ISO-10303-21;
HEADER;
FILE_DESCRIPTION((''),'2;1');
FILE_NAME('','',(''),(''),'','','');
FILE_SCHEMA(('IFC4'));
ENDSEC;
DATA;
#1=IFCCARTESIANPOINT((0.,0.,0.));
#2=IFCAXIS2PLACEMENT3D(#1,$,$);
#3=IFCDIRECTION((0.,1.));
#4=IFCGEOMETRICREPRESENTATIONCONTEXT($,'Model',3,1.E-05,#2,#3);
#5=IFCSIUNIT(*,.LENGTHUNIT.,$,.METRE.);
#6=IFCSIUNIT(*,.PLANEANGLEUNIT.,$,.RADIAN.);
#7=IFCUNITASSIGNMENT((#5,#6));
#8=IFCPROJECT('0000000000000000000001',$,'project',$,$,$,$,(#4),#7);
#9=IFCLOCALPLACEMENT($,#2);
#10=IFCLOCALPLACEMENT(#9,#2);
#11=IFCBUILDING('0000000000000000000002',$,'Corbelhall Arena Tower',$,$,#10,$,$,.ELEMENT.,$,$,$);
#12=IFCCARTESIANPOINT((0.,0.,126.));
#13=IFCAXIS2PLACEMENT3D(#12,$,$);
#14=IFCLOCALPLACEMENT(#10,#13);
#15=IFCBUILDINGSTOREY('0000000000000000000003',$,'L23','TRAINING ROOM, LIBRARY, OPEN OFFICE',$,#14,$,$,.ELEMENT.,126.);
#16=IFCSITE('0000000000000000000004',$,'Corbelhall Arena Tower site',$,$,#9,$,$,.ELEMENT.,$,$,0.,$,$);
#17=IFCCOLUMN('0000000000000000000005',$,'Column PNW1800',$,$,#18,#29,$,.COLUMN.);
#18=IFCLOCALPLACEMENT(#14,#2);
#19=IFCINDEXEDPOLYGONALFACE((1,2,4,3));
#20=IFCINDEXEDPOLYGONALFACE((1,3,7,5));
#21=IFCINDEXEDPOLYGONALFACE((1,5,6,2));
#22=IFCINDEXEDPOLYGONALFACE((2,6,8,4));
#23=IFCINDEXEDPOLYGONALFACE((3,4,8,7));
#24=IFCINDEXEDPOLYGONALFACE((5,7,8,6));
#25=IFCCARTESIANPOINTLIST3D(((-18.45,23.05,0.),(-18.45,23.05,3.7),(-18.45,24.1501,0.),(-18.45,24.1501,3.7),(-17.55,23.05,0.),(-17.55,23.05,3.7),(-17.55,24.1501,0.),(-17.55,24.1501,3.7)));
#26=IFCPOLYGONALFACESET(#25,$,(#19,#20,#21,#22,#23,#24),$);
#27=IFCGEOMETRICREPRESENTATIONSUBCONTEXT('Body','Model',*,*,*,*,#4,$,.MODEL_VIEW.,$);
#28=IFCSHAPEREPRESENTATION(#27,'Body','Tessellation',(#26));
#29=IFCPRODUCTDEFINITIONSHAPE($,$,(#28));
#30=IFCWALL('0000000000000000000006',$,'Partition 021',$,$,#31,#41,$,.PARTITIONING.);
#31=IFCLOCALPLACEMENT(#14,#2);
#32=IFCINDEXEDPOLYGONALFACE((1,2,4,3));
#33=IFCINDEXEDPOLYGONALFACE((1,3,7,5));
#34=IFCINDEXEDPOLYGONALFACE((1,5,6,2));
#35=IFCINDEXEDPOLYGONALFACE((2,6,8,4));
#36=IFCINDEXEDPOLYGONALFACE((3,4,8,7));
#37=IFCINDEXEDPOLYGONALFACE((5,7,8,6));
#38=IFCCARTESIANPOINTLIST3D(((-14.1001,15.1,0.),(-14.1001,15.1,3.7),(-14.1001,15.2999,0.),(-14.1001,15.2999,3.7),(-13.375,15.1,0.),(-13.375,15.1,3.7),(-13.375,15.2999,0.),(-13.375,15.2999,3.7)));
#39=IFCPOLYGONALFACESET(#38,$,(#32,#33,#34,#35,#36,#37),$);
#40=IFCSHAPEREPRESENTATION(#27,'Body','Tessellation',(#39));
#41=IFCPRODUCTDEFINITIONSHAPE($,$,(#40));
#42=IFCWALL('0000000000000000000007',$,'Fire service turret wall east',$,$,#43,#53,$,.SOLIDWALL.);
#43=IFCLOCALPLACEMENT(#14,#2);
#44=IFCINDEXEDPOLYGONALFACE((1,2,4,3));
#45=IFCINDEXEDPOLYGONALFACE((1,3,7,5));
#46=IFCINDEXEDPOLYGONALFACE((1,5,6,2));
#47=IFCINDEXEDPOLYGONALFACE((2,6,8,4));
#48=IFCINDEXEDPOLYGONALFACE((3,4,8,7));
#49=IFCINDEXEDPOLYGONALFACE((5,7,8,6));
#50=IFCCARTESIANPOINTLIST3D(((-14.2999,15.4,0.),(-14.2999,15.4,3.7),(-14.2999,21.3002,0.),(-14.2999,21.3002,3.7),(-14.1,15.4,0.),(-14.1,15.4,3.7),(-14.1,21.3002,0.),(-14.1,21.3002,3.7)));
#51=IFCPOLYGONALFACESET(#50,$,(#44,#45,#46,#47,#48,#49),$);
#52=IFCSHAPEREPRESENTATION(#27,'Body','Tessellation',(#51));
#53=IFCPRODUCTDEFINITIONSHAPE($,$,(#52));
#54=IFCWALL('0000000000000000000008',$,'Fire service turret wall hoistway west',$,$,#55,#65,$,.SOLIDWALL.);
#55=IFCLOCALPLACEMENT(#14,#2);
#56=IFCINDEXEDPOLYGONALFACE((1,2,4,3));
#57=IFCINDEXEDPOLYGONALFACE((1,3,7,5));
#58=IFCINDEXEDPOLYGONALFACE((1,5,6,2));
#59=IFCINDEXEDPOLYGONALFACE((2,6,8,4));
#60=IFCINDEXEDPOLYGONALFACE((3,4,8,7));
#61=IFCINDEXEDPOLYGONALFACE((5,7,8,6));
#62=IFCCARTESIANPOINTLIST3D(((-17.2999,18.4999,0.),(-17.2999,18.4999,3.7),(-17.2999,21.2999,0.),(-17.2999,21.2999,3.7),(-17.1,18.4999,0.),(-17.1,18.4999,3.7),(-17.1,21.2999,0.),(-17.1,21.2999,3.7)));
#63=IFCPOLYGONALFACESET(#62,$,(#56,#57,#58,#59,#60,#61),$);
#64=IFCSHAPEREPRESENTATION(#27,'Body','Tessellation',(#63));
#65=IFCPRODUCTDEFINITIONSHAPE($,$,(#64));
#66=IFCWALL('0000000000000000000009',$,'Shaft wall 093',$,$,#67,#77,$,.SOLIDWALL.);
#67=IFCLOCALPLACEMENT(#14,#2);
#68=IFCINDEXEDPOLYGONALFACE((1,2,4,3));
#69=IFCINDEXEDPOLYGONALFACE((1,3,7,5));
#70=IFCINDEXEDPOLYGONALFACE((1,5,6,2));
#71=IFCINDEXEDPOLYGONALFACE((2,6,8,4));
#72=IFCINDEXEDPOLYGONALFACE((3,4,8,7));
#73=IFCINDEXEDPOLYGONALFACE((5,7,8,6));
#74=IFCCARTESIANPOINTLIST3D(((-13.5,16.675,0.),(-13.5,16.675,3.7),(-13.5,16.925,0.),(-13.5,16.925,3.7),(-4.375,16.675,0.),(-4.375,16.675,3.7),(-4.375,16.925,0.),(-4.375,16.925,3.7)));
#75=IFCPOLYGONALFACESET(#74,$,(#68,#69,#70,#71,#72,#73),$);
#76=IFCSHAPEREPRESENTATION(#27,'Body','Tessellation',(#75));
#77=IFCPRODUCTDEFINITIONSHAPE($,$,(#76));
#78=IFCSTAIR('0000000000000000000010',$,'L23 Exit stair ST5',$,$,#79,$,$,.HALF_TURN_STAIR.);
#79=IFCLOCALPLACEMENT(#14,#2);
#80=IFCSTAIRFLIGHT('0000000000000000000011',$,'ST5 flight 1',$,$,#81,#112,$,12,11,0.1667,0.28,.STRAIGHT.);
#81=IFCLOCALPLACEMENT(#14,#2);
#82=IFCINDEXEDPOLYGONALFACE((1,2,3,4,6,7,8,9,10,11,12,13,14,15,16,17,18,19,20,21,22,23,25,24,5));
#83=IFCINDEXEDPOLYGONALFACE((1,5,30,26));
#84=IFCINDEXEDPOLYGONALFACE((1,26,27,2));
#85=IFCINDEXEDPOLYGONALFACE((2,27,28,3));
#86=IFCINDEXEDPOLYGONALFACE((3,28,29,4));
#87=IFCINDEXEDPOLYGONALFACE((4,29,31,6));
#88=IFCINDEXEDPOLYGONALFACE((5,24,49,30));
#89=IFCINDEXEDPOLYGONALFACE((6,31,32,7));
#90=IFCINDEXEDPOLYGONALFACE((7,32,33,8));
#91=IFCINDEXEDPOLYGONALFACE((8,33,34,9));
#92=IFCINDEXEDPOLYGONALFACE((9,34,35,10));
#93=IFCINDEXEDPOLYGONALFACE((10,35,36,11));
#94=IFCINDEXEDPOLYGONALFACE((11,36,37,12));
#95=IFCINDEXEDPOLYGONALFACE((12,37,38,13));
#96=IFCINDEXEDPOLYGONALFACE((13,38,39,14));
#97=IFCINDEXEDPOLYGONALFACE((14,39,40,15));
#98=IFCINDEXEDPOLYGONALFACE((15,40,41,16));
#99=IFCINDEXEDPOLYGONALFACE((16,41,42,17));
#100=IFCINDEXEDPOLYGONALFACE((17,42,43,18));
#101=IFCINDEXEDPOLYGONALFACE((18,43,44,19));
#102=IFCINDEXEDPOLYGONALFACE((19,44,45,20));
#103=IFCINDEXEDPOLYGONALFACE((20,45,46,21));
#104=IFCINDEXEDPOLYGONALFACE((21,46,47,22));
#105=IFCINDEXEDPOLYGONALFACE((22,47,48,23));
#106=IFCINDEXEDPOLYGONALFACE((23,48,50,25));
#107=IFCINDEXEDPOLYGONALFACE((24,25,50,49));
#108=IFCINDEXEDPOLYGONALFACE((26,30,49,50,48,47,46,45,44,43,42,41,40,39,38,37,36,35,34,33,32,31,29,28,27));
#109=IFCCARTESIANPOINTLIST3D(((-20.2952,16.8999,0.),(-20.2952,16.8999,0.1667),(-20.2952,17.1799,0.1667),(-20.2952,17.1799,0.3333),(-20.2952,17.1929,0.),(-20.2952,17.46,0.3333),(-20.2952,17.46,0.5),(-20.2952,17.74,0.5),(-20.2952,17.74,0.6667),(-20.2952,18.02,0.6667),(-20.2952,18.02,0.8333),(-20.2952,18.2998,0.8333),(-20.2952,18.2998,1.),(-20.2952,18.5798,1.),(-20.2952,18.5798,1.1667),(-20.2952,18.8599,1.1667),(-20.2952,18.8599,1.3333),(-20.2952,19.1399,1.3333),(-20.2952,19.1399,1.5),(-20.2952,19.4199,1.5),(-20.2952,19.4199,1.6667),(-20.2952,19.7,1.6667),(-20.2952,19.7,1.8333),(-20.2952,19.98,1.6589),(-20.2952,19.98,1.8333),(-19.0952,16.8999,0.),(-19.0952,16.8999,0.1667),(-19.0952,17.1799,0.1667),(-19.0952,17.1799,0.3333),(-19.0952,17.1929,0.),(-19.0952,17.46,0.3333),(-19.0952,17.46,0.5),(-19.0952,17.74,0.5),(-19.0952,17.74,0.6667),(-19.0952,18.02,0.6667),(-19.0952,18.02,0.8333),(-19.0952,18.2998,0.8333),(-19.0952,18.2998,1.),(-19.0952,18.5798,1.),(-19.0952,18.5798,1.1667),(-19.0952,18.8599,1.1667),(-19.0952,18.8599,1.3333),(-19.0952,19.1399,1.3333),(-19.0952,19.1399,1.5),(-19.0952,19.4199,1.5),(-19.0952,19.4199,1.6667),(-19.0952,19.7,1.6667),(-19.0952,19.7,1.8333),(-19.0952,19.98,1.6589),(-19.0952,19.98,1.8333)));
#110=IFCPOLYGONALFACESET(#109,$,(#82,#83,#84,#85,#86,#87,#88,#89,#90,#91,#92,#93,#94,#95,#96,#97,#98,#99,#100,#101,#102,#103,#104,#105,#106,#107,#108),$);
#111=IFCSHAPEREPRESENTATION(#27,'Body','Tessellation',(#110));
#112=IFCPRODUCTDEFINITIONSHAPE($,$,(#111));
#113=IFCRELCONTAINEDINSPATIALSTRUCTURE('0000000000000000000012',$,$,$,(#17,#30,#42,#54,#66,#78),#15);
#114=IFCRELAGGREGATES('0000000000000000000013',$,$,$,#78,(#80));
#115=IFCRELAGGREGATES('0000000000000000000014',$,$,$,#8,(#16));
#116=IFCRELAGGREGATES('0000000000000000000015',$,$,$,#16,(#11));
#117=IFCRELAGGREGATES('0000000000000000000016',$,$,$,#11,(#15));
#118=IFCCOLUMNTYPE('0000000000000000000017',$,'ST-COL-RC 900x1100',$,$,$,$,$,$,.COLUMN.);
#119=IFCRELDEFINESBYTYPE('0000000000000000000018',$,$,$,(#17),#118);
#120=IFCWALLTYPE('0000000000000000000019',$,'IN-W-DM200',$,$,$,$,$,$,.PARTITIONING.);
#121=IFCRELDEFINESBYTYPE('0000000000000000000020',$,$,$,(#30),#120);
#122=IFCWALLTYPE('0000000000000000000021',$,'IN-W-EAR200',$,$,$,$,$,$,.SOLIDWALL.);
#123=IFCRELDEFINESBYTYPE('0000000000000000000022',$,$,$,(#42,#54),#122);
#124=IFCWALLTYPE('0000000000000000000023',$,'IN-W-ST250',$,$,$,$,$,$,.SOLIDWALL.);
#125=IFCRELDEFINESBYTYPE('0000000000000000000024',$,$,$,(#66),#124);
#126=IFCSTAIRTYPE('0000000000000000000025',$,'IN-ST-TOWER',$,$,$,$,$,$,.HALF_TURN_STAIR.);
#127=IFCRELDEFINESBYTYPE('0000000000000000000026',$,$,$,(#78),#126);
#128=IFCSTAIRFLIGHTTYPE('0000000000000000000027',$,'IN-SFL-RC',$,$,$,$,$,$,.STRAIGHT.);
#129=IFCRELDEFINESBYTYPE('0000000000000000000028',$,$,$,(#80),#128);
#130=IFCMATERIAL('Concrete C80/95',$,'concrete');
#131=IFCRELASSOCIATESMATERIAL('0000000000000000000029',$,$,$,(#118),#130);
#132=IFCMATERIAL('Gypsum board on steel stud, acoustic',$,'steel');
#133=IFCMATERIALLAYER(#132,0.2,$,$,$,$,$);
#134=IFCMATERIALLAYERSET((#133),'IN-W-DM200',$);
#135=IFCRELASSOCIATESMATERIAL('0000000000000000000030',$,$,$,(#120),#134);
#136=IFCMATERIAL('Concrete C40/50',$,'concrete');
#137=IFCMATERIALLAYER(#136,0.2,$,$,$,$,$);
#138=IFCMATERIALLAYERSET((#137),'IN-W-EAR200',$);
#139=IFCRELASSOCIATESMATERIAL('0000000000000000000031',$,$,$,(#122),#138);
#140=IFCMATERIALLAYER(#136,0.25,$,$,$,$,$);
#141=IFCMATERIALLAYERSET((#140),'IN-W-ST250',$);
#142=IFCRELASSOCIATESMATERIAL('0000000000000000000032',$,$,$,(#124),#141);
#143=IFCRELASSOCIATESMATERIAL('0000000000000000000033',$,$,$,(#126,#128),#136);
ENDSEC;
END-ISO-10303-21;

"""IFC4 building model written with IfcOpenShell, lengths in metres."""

from ifc_helpers import new_model, si_unit, direction, frame, frame_2d, origin, origin_2d, place, context, subcontext, project, spatial, polyline, rectangle, outline, extrude, material, layer, layer_set, material_profile, profile_set, type_object, element, aggregate, save


model = new_model("IFC4")

# Units and contexts
model_context = context("Model", 3, precision=1e-05, world=origin(), true_north=direction((0.0, 1.0)))
body_context = subcontext(model_context, "Body", "Model", "MODEL_VIEW")
ifc_project = project(units=[si_unit("LENGTHUNIT", "METRE"), si_unit("PLANEANGLEUNIT", "RADIAN")], contexts=[model_context])

# Site, building, storey
site_placement = place(None, origin())
site = spatial("IfcSite", under=ifc_project, at=site_placement, Name="Corbelhall Arena Tower site", CompositionType="ELEMENT", RefElevation=0.0)
building_placement = place(site_placement, origin())
building = spatial("IfcBuilding", under=site, at=building_placement, Name="Corbelhall Arena Tower", CompositionType="ELEMENT")
storey_placement = place(building_placement, frame((0.0, 0.0, 126.0)))
storey = spatial("IfcBuildingStorey", under=building, at=storey_placement, Name="L23", Description="TRAINING ROOM, LIBRARY, OPEN OFFICE", CompositionType="ELEMENT", Elevation=126.0)

# Column
ifc_material_1 = material(Name="Concrete C80/95", Category="concrete")
ifc_material_profile = material_profile(ifc_material_1, rectangle(XDim=0.8999, YDim=1.1001, at=origin_2d()))
ifc_profile_set = profile_set([ifc_material_profile], Name="Concrete C80/95")
column_type = type_object("IfcColumnType", Name="ST-COL-RC 900x1100", PredefinedType="COLUMN", material=ifc_profile_set)
column_placement = place(storey_placement, frame((-18.0, 23.6001, 0.0), z_axis=(0.0, 0.0, 1.0), x_axis=(1.0, 0.0, 0.0)))
element("IfcColumn", 1, at=column_placement, inside=storey, type_object=column_type, Name="Column PNW1800", PredefinedType="COLUMN", context=body_context, shape_type="SweptSolid", body=[
    extrude(rectangle(XDim=0.8999, YDim=1.1001, at=origin_2d()), origin(), (0.0, 0.0, 1.0), 3.7),
])

# Shared definitions
ifc_material_2 = material(Name="Gypsum board on steel stud, acoustic", Category="steel")
ifc_layer_1 = layer(ifc_material_2, 0.2)
ifc_layer_set_1 = layer_set([ifc_layer_1], Name="IN-W-DM200")
wall_type_1 = type_object("IfcWallType", Name="IN-W-DM200", PredefinedType="PARTITIONING", material=ifc_layer_set_1)

# Walls
wall_1_placement = place(storey_placement, frame((-14.1001, 15.2, 0.0), z_axis=(0.0, 0.0, 1.0), x_axis=(1.0, 0.0, 0.0)))
element("IfcWall", 2, at=wall_1_placement, inside=storey, type_object=wall_type_1, Name="Partition 021", PredefinedType="PARTITIONING", context=body_context, shape_type="SweptSolid", body=[
    extrude(rectangle(XDim=0.7251, YDim=0.2, at=frame_2d((0.3625, 0.0))), origin(), (0.0, 0.0, 1.0), 3.7),
])
ifc_material_3 = material(Name="Concrete C40/50", Category="concrete")
ifc_layer_2 = layer(ifc_material_3, 0.2)
ifc_layer_set_2 = layer_set([ifc_layer_2], Name="IN-W-EAR200")
wall_type_2 = type_object("IfcWallType", Name="IN-W-EAR200", PredefinedType="SOLIDWALL", material=ifc_layer_set_2)
wall_2_placement = place(storey_placement, frame((-14.2, 15.3999, 0.0), z_axis=(0.0, 0.0, 1.0), x_axis=(0.0, 1.0, 0.0)))
element("IfcWall", 3, at=wall_2_placement, inside=storey, type_object=wall_type_2, Name="Fire service turret wall east", PredefinedType="SOLIDWALL", context=body_context, shape_type="SweptSolid", body=[
    extrude(rectangle(XDim=5.9001, YDim=0.2, at=frame_2d((2.9502, 0.0))), origin(), (0.0, 0.0, 1.0), 3.7),
])

# Wall
wall_3_placement = place(storey_placement, frame((-17.2, 18.5, 0.0), z_axis=(0.0, 0.0, 1.0), x_axis=(0.0, 1.0, 0.0)))
element("IfcWall", 4, at=wall_3_placement, inside=storey, type_object=wall_type_2, Name="Fire service turret wall hoistway west", PredefinedType="SOLIDWALL", context=body_context, shape_type="SweptSolid", body=[
    extrude(rectangle(XDim=2.8, YDim=0.2, at=frame_2d((1.3999, 0.0))), origin(), (0.0, 0.0, 1.0), 3.7),
])

# Wall
ifc_layer_3 = layer(ifc_material_3, 0.25)
ifc_layer_set_3 = layer_set([ifc_layer_3], Name="IN-W-ST250")
wall_type_3 = type_object("IfcWallType", Name="IN-W-ST250", PredefinedType="SOLIDWALL", material=ifc_layer_set_3)
wall_4_placement = place(storey_placement, frame((-13.5, 16.8, 0.0), z_axis=(0.0, 0.0, 1.0), x_axis=(1.0, 0.0, 0.0)))
element("IfcWall", 5, at=wall_4_placement, inside=storey, type_object=wall_type_3, Name="Shaft wall 093", PredefinedType="SOLIDWALL", context=body_context, shape_type="SweptSolid", body=[
    extrude(rectangle(XDim=9.125, YDim=0.25, at=frame_2d((4.5625, 0.0))), origin(), (0.0, 0.0, 1.0), 3.7),
])

# Stair, stair flight
stair_type = type_object("IfcStairType", Name="IN-ST-TOWER", PredefinedType="HALF_TURN_STAIR", material=ifc_material_3)
stair_placement = place(storey_placement, origin())
stair = element("IfcStair", 6, at=stair_placement, inside=storey, type_object=stair_type, Name="L23 Exit stair ST5", PredefinedType="HALF_TURN_STAIR")
stair_flight_type = type_object("IfcStairFlightType", Name="IN-SFL-RC", PredefinedType="STRAIGHT", material=ifc_material_3)
stair_flight_placement = place(storey_placement, frame((-19.6951, 16.8999, 0.0), z_axis=(0.0, 0.0, 1.0), x_axis=(0.0, 1.0, 0.0)))
stair_flight = element("IfcStairFlight", 7, at=stair_flight_placement, type_object=stair_flight_type, Name="ST5 flight 1", NumberOfRisers=12, NumberOfTreads=11, PredefinedType="STRAIGHT", RiserHeight=0.1667, TreadLength=0.28, context=body_context, shape_type="SweptSolid", body=[
    extrude(outline(polyline([(0.0, 0.0), (0.0, 0.1667), (0.28, 0.1667), (0.28, 0.3333), (0.5601, 0.3333), (0.5601, 0.5), (0.8401, 0.5), (0.8401, 0.6667), (1.1201, 0.6667), (1.1201, 0.8333), (1.3999, 0.8333), (1.3999, 1.0), (1.6799, 1.0), (1.6799, 1.1667), (1.96, 1.1667), (1.96, 1.3333), (2.24, 1.3333), (2.24, 1.5), (2.52, 1.5), (2.52, 1.6667), (2.8, 1.6667), (2.8, 1.8333), (3.0801, 1.8333), (3.0801, 2.0), (3.0801, 1.6589), (0.293, 0.0), (0.0, 0.0)])), frame((0.0, 0.6001, 0.0), z_axis=(0.0, -1.0, 0.0), x_axis=(1.0, 0.0, 0.0)), (0.0, 0.0, 1.0), 1.2),
])
aggregate(stair, [stair_flight])

save(model, "model.ifc")
